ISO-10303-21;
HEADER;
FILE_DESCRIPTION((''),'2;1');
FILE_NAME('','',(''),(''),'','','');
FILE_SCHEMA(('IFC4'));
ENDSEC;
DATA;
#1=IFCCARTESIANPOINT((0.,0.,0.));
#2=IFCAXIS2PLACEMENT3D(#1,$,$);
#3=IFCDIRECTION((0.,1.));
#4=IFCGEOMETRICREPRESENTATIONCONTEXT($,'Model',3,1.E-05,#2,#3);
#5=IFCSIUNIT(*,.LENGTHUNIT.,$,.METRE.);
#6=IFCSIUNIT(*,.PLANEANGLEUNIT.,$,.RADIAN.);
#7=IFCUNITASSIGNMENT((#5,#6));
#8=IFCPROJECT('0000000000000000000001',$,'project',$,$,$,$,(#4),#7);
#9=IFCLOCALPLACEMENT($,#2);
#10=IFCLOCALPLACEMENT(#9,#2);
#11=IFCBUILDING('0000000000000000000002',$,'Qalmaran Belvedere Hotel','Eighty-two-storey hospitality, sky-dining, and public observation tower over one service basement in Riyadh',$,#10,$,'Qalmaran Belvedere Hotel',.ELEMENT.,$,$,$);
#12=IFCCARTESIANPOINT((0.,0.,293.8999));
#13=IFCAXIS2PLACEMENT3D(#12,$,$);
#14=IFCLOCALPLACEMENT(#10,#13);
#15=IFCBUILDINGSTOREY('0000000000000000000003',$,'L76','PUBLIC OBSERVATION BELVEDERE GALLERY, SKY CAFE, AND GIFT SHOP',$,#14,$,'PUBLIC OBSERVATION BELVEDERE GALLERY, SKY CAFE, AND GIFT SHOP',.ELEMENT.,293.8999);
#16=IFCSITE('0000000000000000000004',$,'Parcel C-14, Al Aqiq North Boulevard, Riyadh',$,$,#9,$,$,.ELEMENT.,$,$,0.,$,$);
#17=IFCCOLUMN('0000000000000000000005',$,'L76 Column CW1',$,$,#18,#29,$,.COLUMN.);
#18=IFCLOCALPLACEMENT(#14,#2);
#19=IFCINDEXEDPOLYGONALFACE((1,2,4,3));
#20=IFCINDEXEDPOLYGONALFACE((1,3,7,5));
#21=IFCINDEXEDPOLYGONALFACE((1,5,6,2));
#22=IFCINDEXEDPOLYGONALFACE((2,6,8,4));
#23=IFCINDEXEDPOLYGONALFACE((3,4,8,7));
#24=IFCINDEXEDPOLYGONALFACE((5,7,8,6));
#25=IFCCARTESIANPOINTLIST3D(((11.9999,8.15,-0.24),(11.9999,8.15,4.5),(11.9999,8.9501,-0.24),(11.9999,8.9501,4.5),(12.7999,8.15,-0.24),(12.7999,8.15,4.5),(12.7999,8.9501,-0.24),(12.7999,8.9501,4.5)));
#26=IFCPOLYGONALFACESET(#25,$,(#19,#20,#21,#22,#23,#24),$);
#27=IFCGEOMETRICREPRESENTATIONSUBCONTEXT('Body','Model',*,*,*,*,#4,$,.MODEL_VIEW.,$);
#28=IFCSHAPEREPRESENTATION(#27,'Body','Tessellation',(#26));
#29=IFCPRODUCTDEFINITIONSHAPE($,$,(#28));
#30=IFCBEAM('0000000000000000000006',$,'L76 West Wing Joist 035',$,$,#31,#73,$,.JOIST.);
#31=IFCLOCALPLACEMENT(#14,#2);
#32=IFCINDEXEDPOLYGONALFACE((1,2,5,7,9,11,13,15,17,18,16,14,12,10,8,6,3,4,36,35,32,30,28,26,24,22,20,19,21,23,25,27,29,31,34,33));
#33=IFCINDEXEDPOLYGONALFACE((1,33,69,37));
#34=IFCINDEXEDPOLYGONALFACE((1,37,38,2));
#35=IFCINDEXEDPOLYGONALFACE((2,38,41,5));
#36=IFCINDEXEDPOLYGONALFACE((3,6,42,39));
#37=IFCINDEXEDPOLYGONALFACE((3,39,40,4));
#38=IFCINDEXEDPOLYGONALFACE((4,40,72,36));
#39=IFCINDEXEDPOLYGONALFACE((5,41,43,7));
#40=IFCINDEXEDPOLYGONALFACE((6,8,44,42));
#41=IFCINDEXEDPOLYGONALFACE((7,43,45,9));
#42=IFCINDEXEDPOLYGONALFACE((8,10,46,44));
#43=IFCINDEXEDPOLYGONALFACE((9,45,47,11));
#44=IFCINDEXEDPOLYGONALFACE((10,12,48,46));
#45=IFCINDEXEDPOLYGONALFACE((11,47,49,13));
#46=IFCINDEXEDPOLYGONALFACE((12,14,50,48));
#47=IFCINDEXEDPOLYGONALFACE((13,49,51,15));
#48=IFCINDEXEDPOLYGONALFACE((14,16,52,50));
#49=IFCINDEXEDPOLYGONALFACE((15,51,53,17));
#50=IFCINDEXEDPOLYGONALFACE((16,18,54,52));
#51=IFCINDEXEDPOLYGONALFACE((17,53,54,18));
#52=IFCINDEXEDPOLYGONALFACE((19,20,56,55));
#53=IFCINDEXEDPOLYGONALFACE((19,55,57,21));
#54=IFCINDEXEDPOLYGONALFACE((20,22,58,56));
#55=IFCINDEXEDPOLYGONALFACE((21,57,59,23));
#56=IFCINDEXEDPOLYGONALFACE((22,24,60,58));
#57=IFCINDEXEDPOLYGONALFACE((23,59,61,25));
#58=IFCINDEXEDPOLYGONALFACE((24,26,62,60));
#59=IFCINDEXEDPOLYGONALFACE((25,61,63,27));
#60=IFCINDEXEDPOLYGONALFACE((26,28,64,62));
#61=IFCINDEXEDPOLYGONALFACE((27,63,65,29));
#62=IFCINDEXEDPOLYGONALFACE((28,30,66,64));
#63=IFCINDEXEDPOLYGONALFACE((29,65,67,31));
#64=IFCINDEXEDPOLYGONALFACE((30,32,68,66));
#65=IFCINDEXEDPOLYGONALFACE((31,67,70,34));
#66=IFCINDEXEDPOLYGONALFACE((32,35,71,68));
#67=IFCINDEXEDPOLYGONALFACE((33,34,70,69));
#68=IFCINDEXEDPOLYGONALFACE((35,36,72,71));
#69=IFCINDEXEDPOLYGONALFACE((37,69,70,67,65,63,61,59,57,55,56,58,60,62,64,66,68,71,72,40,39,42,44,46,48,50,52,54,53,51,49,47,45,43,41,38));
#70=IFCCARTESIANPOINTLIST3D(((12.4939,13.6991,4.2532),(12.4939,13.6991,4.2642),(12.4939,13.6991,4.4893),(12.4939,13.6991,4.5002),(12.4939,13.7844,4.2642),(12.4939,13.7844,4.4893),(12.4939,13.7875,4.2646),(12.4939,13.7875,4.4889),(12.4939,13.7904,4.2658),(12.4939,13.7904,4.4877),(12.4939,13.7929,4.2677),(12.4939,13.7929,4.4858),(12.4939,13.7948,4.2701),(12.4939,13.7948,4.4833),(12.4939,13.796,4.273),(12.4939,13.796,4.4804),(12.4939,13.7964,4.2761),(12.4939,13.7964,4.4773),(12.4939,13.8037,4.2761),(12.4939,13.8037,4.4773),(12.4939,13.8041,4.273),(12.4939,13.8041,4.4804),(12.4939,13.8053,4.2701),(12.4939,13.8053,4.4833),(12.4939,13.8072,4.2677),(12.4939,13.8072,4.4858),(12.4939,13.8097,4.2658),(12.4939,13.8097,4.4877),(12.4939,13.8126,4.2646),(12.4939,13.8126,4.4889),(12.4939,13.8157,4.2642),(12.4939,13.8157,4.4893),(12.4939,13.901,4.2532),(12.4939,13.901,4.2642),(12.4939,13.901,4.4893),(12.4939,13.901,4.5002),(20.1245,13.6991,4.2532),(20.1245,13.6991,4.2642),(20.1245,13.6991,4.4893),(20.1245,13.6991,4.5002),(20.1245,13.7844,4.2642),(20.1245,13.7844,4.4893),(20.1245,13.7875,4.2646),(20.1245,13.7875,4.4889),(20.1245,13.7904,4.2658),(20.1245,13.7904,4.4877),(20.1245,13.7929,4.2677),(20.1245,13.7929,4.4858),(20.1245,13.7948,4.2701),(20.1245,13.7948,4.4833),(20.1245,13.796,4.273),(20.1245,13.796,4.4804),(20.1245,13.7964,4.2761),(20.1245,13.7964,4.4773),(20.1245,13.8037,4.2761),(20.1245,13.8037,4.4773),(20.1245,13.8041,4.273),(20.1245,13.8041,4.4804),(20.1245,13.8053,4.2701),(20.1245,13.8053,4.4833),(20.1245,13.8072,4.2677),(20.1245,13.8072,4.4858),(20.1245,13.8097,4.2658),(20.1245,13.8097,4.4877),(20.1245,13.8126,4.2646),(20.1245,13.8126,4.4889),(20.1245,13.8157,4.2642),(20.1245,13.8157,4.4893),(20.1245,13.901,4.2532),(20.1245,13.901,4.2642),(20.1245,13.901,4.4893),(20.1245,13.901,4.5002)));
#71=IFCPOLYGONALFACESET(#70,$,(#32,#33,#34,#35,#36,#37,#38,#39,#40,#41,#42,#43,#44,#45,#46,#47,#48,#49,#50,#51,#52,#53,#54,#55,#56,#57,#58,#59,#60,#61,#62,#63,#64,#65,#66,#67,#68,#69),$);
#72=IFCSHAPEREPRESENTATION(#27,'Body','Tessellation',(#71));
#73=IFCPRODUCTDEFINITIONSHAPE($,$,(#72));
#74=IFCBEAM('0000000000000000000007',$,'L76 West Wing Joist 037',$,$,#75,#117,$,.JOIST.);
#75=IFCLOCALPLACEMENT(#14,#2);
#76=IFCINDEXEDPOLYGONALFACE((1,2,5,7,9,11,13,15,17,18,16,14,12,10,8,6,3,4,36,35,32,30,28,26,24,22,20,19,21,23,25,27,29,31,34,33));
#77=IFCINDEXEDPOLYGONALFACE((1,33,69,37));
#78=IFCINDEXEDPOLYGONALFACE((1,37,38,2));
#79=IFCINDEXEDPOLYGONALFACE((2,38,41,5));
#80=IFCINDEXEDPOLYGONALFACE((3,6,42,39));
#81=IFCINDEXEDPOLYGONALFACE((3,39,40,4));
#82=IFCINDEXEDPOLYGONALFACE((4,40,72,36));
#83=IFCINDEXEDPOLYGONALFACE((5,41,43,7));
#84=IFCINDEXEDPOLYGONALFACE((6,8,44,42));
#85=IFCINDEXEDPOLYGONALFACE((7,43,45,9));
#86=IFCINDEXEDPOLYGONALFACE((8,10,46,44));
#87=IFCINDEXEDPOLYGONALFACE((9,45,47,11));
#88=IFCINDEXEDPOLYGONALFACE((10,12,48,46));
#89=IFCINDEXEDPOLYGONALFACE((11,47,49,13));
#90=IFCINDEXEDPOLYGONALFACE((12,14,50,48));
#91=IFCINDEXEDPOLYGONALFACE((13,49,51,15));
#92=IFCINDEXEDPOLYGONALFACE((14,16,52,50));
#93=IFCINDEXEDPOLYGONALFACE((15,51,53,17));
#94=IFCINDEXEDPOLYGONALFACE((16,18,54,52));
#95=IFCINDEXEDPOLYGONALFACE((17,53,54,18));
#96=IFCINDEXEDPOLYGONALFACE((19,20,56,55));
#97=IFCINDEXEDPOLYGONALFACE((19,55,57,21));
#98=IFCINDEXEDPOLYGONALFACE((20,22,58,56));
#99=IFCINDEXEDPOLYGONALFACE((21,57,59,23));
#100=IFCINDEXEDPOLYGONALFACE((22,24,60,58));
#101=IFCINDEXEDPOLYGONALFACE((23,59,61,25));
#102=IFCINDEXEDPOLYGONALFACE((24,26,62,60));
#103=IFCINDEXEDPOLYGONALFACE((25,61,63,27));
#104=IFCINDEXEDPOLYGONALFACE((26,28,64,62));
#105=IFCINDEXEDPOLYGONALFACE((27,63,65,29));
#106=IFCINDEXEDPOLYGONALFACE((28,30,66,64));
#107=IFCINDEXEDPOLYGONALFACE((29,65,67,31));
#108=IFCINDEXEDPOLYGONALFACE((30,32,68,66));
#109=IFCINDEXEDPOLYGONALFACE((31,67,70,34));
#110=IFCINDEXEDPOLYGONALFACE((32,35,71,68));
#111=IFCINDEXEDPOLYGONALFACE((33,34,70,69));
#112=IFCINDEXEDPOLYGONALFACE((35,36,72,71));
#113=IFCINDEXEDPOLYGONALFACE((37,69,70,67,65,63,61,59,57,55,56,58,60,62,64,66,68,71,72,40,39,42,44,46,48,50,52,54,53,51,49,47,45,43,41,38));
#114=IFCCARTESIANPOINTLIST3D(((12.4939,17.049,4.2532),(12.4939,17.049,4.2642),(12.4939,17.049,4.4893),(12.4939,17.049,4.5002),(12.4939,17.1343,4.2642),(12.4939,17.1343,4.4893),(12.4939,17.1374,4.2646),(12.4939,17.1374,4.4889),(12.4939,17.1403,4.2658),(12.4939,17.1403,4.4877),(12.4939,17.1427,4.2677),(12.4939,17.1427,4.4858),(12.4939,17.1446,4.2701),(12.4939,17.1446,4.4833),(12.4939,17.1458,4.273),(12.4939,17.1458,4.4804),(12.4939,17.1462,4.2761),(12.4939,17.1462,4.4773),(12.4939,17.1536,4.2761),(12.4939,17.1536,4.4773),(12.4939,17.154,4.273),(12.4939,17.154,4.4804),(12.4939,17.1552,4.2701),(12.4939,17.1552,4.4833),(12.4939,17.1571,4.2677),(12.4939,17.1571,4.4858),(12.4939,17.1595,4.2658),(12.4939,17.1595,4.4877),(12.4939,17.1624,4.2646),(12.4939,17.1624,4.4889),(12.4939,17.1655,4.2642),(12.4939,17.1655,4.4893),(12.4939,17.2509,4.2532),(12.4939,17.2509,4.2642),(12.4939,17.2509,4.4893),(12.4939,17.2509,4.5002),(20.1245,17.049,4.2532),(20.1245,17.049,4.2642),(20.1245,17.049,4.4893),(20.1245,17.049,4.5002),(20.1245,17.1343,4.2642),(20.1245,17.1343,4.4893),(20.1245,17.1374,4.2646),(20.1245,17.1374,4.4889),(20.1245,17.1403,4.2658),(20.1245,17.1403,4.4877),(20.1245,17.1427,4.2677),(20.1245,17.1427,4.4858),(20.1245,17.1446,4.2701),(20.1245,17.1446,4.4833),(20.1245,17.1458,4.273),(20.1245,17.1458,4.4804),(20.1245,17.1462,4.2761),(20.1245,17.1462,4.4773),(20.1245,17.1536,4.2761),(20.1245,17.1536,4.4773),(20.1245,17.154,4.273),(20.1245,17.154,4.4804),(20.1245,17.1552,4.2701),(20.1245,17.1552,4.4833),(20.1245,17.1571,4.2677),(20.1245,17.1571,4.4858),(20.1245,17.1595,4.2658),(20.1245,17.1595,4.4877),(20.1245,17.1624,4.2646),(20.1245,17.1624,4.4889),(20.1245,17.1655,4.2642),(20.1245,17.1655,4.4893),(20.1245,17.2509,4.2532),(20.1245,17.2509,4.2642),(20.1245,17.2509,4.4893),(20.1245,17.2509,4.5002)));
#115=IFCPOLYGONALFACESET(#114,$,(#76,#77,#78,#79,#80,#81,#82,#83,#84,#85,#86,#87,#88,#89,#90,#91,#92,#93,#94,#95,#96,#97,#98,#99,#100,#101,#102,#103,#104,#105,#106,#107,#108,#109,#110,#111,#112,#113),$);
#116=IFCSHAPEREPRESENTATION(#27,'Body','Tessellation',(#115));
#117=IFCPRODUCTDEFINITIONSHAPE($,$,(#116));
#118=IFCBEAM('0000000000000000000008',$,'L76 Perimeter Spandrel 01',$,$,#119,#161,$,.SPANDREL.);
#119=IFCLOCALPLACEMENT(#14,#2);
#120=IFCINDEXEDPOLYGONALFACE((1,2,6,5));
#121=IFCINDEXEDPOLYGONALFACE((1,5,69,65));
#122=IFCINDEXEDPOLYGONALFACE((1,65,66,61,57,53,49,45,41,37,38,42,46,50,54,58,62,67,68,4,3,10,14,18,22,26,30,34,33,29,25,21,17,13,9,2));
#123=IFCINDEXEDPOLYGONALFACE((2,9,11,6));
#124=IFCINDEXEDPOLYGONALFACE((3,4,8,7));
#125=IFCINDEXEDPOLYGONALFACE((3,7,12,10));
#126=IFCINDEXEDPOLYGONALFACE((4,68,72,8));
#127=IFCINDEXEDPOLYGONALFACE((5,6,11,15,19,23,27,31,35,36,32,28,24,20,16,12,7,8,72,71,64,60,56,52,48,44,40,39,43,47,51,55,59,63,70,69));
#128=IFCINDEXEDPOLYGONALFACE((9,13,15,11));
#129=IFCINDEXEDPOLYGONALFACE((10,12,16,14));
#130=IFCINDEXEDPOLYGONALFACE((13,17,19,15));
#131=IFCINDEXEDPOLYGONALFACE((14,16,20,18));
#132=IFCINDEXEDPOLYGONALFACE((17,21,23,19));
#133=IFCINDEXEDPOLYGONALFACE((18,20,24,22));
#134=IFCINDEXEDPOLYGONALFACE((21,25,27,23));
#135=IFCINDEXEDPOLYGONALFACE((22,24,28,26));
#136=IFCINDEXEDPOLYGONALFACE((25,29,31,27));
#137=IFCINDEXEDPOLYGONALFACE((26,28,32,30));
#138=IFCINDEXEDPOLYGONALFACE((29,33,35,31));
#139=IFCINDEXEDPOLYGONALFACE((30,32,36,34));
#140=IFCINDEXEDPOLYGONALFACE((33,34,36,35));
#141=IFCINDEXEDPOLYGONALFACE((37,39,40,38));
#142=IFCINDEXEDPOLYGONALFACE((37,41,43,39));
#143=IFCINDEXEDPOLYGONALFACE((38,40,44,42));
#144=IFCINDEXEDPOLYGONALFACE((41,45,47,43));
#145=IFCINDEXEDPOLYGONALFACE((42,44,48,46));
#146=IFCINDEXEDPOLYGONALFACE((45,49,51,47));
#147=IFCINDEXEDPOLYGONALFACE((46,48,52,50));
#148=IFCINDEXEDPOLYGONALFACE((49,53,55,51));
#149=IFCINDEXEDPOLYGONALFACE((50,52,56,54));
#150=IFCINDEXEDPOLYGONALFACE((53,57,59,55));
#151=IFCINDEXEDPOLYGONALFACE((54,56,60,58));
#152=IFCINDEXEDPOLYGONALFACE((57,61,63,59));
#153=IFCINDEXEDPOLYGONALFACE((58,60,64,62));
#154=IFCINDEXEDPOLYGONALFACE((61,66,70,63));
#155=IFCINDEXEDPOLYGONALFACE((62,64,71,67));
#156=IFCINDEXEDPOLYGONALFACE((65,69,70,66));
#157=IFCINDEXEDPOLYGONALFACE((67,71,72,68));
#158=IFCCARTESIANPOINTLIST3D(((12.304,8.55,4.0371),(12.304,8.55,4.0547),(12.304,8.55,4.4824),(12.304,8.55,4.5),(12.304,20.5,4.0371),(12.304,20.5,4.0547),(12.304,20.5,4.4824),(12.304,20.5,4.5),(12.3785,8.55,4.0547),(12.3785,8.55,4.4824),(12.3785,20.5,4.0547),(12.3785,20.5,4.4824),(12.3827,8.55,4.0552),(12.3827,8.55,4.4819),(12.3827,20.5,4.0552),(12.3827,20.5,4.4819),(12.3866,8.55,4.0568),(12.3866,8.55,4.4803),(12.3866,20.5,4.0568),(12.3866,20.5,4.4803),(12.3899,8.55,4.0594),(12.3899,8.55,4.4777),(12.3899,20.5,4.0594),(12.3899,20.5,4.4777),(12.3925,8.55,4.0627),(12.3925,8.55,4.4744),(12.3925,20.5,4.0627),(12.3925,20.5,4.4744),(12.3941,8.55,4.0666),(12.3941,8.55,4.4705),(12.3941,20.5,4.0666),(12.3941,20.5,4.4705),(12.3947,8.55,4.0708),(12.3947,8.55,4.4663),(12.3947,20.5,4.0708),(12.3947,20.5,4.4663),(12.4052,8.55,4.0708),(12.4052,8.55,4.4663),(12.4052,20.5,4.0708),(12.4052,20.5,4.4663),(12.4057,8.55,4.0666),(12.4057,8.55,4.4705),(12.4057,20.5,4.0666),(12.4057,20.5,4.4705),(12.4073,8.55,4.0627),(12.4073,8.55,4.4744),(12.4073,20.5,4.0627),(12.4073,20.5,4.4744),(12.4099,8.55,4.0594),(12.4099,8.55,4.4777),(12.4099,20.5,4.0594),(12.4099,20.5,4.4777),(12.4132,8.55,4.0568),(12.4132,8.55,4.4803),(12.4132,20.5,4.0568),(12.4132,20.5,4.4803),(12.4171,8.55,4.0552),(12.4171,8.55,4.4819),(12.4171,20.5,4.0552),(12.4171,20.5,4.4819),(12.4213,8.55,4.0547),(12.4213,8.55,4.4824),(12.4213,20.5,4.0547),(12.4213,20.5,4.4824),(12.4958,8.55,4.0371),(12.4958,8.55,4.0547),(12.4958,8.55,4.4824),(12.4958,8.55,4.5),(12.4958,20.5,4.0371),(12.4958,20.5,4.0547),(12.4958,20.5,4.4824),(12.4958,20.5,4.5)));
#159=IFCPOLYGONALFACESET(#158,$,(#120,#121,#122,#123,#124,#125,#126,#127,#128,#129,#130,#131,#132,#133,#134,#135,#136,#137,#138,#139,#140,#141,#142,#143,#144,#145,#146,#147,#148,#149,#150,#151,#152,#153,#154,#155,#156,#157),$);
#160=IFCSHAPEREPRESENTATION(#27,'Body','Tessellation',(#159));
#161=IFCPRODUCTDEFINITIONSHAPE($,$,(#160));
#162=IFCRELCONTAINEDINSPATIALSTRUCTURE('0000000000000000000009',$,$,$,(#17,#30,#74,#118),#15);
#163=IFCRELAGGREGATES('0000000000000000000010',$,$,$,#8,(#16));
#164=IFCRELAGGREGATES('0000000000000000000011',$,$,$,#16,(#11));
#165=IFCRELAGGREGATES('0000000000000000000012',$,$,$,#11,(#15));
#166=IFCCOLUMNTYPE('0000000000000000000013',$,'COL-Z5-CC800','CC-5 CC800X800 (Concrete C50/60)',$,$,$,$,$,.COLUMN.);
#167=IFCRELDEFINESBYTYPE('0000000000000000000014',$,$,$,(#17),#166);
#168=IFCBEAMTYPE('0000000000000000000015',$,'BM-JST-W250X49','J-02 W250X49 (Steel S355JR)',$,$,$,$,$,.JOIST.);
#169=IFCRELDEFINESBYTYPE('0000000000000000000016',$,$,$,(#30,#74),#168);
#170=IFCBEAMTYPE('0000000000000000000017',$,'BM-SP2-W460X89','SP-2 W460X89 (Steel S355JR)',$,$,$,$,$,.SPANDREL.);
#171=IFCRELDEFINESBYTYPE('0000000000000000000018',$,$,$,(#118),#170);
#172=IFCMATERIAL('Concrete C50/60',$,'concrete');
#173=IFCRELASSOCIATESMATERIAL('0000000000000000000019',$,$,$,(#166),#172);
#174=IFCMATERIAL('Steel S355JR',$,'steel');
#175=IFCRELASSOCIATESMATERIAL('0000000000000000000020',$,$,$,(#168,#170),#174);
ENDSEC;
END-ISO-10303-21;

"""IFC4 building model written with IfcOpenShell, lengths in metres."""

from ifc_helpers import new_model, si_unit, direction, frame, origin, origin_2d, place, context, subcontext, project, spatial, rectangle, i_section, extrude, material, material_profile, profile_set, type_object, element, save


model = new_model("IFC4")

# Units and contexts
model_context = context("Model", 3, precision=1e-05, world=origin(), true_north=direction((0.0, 1.0)))
body_context = subcontext(model_context, "Body", "Model", "MODEL_VIEW")
ifc_project = project(units=[si_unit("LENGTHUNIT", "METRE"), si_unit("PLANEANGLEUNIT", "RADIAN")], contexts=[model_context])

# Site, building, storey
site_placement = place(None, origin())
site = spatial("IfcSite", under=ifc_project, at=site_placement, Name="Parcel C-14, Al Aqiq North Boulevard, Riyadh", CompositionType="ELEMENT", RefElevation=0.0)
building_placement = place(site_placement, origin())
building = spatial("IfcBuilding", under=site, at=building_placement, Name="Qalmaran Belvedere Hotel", Description="Eighty-two-storey hospitality, sky-dining, and public observation tower over one service basement in Riyadh", LongName="Qalmaran Belvedere Hotel", CompositionType="ELEMENT")
storey_placement = place(building_placement, frame((0.0, 0.0, 293.8999)))
storey = spatial("IfcBuildingStorey", under=building, at=storey_placement, Name="L76", Description="PUBLIC OBSERVATION BELVEDERE GALLERY, SKY CAFE, AND GIFT SHOP", LongName="PUBLIC OBSERVATION BELVEDERE GALLERY, SKY CAFE, AND GIFT SHOP", CompositionType="ELEMENT", Elevation=293.8999)

# Column
ifc_material_1 = material(Name="Concrete C50/60", Category="concrete")
ifc_material_profile_1 = material_profile(ifc_material_1, rectangle(XDim=0.8, YDim=0.8, at=origin_2d()), Name="CC800X800")
ifc_profile_set_1 = profile_set([ifc_material_profile_1], Name="Concrete C50/60")
column_type = type_object("IfcColumnType", Name="COL-Z5-CC800", Description="CC-5 CC800X800 (Concrete C50/60)", PredefinedType="COLUMN", material=ifc_profile_set_1)
column_placement = place(storey_placement, frame((12.3999, 8.55, -0.24), z_axis=(0.0, 0.0, 1.0), x_axis=(1.0, 0.0, 0.0)))
element("IfcColumn", 1, at=column_placement, inside=storey, type_object=column_type, Name="L76 Column CW1", PredefinedType="COLUMN", context=body_context, shape_type="SweptSolid", body=[
    extrude(rectangle(XDim=0.8, YDim=0.8, at=origin_2d()), origin(), (0.0, 0.0, 1.0), 4.74),
])

# Beams
ifc_material_2 = material(Name="Steel S355JR", Category="steel")
ifc_material_profile_2 = material_profile(ifc_material_2, i_section(OverallWidth=0.2019, OverallDepth=0.2471, WebThickness=0.0073, FlangeThickness=0.011, FilletRadius=0.012, at=origin_2d()), Name="W250X49")
ifc_profile_set_2 = profile_set([ifc_material_profile_2], Name="Steel S355JR")
beam_type_1 = type_object("IfcBeamType", Name="BM-JST-W250X49", Description="J-02 W250X49 (Steel S355JR)", PredefinedType="JOIST", material=ifc_profile_set_2)
for number, where, z_axis, x_axis, name in (
    (2, (12.4939, 13.8, 4.3767), (1.0, 0.0, 0.0), (0.0, 1.0, 0.0), "L76 West Wing Joist 035"),
    (3, (12.4939, 17.1499, 4.3767), (1.0, 0.0, 0.0), (0.0, 1.0, 0.0), "L76 West Wing Joist 037"),
):
    element("IfcBeam", number, at=place(storey_placement, frame(where, z_axis=z_axis, x_axis=x_axis)), inside=storey, type_object=beam_type_1, Name=name, PredefinedType="JOIST", context=body_context, shape_type="SweptSolid", body=[
        extrude(i_section(OverallWidth=0.2019, OverallDepth=0.2471, WebThickness=0.0073, FlangeThickness=0.011, FilletRadius=0.012, at=origin_2d()), origin(), (0.0, 0.0, 1.0), 7.6306),
    ])
ifc_material_profile_3 = material_profile(ifc_material_2, i_section(OverallWidth=0.1919, OverallDepth=0.4629, WebThickness=0.0105, FlangeThickness=0.0176, FilletRadius=0.0161, at=origin_2d()), Name="W460X89")
ifc_profile_set_3 = profile_set([ifc_material_profile_3], Name="Steel S355JR")
beam_type_2 = type_object("IfcBeamType", Name="BM-SP2-W460X89", Description="SP-2 W460X89 (Steel S355JR)", PredefinedType="SPANDREL", material=ifc_profile_set_3)
beam_1_placement = place(storey_placement, frame((12.3999, 8.55, 4.2686), z_axis=(0.0, 1.0, 0.0), x_axis=(-1.0, 0.0, 0.0)))
element("IfcBeam", 4, at=beam_1_placement, inside=storey, type_object=beam_type_2, Name="L76 Perimeter Spandrel 01", PredefinedType="SPANDREL", context=body_context, shape_type="SweptSolid", body=[
    extrude(i_section(OverallWidth=0.1919, OverallDepth=0.4629, WebThickness=0.0105, FlangeThickness=0.0176, FilletRadius=0.0161, at=origin_2d()), origin(), (0.0, 0.0, 1.0), 11.95),
])

save(model, "model.ifc")
